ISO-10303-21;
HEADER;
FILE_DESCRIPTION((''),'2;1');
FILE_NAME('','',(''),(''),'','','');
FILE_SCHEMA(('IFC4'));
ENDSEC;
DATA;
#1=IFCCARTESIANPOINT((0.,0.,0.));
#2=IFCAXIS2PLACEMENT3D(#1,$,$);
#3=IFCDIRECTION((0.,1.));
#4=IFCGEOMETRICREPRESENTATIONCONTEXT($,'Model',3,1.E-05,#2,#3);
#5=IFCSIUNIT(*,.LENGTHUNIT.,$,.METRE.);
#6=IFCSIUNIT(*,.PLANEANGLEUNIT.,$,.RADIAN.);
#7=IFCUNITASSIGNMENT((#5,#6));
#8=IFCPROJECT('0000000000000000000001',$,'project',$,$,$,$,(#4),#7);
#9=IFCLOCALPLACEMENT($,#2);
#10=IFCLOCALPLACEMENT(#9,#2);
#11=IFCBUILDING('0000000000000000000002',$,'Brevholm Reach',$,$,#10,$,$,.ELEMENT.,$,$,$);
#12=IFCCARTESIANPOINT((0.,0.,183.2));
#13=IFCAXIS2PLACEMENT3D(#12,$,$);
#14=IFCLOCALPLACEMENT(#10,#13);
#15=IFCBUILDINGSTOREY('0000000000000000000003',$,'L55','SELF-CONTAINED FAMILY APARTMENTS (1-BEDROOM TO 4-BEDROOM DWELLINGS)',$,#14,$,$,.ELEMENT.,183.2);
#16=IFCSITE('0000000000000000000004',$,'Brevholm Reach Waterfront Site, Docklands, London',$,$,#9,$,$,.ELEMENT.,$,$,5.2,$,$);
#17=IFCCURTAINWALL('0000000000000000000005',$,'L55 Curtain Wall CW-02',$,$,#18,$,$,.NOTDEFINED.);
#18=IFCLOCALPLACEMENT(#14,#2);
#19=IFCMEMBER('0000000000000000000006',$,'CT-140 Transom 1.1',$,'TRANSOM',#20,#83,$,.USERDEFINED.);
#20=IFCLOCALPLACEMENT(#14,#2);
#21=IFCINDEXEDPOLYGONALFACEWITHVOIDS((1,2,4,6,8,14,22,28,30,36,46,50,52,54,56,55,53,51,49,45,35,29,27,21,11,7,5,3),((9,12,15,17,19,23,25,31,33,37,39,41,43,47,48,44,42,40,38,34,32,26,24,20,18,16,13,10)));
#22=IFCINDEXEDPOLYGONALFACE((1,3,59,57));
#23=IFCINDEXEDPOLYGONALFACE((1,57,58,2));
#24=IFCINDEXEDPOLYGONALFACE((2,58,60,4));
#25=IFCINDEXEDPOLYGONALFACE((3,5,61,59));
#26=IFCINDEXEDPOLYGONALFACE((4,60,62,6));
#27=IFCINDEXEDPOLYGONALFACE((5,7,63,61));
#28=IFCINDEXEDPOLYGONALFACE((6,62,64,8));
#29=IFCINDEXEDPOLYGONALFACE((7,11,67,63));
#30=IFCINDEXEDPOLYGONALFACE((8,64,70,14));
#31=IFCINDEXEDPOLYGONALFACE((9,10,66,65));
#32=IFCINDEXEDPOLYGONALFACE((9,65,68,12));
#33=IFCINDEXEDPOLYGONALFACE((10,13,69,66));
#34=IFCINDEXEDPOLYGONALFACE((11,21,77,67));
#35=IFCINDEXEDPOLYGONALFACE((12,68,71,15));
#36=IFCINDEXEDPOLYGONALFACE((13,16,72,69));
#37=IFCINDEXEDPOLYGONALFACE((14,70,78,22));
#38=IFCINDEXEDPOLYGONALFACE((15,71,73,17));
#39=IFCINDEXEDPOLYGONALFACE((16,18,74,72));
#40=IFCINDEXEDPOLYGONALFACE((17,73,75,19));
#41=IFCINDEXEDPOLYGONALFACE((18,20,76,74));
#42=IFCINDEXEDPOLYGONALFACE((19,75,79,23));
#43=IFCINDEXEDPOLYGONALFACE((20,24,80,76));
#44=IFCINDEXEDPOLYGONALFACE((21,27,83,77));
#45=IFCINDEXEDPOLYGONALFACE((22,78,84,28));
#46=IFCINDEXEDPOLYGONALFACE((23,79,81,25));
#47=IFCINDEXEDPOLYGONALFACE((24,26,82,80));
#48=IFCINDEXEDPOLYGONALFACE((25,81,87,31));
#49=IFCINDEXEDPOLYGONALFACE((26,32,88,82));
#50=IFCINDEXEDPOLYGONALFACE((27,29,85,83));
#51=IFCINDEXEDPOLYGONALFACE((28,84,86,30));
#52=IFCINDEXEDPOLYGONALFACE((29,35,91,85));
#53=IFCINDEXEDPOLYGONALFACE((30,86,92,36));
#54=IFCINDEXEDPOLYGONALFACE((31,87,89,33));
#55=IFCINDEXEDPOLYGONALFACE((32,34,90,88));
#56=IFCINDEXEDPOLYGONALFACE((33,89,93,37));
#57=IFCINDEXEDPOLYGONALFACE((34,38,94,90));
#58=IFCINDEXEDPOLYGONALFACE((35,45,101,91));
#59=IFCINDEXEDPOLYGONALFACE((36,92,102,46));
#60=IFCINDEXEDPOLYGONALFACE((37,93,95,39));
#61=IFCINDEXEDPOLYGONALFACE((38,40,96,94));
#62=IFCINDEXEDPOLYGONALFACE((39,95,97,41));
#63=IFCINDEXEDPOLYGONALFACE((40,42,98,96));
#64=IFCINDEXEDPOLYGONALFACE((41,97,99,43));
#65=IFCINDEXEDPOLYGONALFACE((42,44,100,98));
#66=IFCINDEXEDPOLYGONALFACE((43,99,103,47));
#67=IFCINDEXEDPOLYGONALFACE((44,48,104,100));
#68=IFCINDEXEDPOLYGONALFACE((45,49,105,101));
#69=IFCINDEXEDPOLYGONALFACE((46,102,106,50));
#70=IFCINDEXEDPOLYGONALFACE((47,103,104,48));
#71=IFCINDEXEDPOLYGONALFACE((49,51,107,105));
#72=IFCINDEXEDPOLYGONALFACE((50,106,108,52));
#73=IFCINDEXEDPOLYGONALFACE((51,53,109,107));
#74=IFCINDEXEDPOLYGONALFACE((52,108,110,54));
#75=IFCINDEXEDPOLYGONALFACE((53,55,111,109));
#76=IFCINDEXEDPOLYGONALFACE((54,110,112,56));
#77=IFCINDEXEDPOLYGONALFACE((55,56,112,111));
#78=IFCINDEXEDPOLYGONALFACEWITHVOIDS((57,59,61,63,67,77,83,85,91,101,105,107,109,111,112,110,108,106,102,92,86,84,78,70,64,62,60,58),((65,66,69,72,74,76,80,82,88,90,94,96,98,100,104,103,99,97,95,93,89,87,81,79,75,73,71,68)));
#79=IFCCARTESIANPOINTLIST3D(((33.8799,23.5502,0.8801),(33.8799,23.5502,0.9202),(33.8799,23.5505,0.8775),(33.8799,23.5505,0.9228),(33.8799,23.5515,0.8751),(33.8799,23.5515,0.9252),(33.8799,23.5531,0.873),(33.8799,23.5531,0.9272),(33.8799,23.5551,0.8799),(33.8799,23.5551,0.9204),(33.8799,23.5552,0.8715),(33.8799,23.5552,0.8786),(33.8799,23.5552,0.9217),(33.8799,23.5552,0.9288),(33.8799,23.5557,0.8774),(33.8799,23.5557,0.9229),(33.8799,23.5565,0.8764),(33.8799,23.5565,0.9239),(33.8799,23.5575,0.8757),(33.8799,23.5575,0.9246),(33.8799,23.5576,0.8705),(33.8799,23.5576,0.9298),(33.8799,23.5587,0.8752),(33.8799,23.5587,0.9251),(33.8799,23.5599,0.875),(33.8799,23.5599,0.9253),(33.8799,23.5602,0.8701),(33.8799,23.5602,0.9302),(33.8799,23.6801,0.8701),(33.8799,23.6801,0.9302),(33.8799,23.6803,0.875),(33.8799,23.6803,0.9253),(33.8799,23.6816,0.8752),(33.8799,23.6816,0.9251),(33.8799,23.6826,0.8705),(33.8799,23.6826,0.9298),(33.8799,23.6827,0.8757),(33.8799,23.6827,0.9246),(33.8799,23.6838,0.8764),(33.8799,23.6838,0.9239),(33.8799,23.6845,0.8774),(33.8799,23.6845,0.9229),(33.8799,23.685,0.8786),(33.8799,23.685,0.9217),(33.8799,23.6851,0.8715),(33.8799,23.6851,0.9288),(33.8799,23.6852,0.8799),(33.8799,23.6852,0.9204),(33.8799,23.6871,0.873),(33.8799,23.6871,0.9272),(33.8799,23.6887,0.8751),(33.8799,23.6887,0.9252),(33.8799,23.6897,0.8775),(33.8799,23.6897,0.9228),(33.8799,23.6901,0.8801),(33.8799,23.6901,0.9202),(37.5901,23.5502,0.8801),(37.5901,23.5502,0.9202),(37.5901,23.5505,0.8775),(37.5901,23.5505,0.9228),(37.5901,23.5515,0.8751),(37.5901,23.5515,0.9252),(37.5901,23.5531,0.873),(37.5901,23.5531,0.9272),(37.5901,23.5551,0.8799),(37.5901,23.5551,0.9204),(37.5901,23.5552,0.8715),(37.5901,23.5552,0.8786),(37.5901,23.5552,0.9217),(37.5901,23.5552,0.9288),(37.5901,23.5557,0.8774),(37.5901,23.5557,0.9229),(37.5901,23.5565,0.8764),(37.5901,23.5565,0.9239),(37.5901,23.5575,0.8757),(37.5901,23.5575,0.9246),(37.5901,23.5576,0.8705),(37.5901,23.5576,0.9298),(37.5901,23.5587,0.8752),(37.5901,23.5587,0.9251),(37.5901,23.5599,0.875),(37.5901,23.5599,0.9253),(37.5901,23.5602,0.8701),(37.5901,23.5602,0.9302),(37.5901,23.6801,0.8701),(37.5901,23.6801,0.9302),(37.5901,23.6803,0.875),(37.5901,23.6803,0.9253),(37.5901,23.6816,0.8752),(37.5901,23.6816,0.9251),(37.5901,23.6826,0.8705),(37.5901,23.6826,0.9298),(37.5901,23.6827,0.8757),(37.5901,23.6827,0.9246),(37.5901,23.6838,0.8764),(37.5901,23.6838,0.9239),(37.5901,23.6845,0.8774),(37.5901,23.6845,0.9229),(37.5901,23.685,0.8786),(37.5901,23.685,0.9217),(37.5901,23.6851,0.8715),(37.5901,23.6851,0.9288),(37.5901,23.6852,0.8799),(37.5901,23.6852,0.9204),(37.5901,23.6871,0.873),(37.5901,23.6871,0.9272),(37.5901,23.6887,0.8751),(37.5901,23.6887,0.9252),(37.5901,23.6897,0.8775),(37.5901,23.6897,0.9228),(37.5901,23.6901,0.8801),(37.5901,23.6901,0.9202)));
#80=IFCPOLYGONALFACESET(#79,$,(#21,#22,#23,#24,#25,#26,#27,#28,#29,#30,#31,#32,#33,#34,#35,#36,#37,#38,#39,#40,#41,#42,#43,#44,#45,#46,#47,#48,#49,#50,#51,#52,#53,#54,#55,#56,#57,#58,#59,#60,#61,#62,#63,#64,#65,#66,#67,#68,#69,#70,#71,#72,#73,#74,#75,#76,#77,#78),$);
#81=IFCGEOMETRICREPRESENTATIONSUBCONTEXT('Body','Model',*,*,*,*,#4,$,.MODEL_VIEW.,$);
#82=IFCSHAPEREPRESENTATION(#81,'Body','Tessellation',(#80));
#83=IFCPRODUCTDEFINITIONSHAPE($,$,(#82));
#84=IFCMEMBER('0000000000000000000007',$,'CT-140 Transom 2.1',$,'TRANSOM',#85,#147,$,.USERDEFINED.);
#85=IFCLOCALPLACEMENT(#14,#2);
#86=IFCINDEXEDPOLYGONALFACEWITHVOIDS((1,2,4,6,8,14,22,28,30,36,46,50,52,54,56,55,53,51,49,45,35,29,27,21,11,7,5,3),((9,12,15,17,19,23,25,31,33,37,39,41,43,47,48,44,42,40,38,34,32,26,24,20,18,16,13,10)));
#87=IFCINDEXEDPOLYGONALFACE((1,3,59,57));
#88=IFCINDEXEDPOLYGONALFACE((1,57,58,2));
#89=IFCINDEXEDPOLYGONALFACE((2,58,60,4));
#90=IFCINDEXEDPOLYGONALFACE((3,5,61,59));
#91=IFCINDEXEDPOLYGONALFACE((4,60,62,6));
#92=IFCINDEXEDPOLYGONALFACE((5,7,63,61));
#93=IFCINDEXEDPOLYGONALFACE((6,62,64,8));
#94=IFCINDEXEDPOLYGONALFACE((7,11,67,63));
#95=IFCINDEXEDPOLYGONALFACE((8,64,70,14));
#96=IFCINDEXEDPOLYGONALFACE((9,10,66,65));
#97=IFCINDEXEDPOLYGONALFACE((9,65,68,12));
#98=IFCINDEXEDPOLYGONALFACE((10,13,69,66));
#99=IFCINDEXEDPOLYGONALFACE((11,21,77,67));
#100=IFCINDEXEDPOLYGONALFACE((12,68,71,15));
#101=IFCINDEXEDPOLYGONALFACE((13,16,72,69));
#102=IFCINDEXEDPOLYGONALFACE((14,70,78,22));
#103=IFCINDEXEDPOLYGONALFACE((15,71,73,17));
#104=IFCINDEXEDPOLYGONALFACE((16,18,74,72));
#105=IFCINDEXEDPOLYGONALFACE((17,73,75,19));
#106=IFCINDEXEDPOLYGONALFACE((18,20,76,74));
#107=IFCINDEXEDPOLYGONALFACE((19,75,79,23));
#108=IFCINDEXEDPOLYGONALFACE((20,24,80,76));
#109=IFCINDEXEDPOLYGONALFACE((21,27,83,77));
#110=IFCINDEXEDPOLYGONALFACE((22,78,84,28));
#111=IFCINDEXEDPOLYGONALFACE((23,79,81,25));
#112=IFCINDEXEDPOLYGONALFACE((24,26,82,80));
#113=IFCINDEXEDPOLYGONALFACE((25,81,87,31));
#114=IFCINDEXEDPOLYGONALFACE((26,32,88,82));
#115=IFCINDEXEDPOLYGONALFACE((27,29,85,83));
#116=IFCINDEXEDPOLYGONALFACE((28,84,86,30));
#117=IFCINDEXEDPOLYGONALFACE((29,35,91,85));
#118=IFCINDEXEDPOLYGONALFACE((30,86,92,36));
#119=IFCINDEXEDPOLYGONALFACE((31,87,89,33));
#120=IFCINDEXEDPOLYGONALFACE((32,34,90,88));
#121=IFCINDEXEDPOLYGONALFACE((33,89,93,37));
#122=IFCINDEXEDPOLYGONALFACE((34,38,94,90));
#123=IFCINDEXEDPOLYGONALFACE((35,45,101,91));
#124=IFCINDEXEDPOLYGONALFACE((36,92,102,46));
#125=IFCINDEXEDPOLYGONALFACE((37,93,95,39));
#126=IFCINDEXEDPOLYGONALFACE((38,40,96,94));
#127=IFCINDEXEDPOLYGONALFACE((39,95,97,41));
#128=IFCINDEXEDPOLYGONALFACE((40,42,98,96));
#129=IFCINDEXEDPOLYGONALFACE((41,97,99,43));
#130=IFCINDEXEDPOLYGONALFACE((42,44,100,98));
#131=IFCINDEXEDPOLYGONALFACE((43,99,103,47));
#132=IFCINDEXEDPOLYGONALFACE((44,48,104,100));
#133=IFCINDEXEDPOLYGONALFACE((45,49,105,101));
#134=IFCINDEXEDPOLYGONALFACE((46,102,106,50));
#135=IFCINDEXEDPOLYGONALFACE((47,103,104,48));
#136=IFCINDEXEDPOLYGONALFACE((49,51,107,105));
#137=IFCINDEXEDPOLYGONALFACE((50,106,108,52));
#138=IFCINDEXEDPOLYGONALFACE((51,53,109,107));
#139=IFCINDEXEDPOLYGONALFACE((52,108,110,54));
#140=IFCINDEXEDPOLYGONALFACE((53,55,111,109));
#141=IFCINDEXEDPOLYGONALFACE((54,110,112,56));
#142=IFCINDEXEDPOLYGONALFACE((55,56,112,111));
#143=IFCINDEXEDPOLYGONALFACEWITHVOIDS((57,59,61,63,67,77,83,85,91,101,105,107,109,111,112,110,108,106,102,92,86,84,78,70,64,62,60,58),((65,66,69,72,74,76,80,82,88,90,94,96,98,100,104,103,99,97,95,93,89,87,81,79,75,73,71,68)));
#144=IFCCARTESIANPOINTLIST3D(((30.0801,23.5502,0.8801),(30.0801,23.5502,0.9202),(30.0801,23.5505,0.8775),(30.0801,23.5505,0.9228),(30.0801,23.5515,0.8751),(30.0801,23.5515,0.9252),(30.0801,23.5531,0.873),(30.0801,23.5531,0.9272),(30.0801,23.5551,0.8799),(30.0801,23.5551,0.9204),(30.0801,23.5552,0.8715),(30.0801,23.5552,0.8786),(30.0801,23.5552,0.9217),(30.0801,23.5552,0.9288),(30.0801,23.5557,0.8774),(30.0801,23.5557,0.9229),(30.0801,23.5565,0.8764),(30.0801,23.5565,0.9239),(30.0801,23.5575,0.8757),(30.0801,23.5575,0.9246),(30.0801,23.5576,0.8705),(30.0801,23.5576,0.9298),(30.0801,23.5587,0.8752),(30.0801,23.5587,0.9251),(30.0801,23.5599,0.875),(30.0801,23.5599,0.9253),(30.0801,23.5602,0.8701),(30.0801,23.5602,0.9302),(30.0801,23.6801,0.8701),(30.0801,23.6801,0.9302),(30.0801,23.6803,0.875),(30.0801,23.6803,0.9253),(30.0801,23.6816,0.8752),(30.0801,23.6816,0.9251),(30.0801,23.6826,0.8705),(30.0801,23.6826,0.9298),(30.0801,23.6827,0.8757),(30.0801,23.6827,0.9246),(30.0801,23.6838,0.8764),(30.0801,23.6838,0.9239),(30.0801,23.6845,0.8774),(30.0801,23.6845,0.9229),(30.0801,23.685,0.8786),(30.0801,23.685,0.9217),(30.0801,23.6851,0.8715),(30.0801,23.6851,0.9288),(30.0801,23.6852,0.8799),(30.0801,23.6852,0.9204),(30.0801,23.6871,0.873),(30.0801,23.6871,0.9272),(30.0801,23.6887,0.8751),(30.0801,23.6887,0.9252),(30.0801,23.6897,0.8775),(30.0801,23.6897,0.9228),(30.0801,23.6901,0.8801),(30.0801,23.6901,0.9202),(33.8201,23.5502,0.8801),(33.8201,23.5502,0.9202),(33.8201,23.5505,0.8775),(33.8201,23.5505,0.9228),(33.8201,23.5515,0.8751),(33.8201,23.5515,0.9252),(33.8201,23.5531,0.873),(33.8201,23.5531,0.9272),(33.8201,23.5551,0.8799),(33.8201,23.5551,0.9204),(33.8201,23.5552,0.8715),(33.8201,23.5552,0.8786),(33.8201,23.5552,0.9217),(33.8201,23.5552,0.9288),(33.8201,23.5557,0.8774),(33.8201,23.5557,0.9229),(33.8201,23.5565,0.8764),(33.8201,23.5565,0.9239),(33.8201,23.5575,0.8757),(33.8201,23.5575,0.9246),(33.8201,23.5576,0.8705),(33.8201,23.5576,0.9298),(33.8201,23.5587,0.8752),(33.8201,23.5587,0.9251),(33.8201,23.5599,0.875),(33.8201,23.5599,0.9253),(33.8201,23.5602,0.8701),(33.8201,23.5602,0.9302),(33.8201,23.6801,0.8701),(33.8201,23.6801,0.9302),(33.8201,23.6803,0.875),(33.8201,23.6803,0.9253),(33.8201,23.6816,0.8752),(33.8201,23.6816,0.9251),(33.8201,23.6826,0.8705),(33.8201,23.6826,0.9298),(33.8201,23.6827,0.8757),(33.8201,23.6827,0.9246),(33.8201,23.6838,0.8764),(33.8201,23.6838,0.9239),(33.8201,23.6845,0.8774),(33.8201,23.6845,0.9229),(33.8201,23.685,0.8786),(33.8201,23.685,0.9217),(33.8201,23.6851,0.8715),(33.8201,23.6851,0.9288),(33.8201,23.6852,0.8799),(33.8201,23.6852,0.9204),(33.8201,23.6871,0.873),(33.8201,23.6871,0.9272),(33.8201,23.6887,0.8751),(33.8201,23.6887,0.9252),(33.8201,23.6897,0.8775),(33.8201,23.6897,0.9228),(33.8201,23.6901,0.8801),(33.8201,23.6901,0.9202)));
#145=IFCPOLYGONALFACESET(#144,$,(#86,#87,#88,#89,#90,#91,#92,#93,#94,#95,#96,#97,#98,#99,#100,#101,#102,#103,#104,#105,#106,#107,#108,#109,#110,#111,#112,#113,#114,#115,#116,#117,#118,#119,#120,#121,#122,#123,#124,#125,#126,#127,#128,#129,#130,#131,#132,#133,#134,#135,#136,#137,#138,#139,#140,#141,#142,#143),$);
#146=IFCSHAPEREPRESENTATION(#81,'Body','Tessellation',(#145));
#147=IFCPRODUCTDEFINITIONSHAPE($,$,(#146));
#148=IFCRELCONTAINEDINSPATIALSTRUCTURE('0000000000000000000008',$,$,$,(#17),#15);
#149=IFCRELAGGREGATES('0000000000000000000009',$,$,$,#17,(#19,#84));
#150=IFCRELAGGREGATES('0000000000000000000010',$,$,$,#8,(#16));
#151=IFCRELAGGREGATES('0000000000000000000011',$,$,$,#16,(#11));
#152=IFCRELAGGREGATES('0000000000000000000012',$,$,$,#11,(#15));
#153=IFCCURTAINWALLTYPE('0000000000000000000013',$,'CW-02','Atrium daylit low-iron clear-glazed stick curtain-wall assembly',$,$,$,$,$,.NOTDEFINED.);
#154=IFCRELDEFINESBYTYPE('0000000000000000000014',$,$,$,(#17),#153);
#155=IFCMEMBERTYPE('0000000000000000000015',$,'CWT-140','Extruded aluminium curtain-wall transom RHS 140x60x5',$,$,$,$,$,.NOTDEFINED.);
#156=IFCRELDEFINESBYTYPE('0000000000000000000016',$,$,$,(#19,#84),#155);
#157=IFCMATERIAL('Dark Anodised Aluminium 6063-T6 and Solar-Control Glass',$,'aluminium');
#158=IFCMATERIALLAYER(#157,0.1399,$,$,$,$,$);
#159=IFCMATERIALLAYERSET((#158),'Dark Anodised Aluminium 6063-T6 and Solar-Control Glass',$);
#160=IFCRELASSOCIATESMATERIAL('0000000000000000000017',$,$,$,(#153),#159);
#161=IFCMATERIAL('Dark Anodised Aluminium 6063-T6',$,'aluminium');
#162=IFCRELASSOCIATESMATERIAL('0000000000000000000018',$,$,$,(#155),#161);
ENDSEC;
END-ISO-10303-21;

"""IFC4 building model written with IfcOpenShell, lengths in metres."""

from ifc_helpers import new_model, si_unit, direction, frame, origin, origin_2d, place, context, subcontext, project, spatial, hollow_rectangle, extrude, material, layer, layer_set, material_profile, profile_set, type_object, element, aggregate, save


model = new_model("IFC4")

# Units and contexts
model_context = context("Model", 3, precision=1e-05, world=origin(), true_north=direction((0.0, 1.0)))
body_context = subcontext(model_context, "Body", "Model", "MODEL_VIEW")
ifc_project = project(units=[si_unit("LENGTHUNIT", "METRE"), si_unit("PLANEANGLEUNIT", "RADIAN")], contexts=[model_context])

# Site, building, storey
site_placement = place(None, origin())
site = spatial("IfcSite", under=ifc_project, at=site_placement, Name="Brevholm Reach Waterfront Site, Docklands, London", CompositionType="ELEMENT", RefElevation=5.2)
building_placement = place(site_placement, origin())
building = spatial("IfcBuilding", under=site, at=building_placement, Name="Brevholm Reach", CompositionType="ELEMENT")
storey_placement = place(building_placement, frame((0.0, 0.0, 183.2)))
storey = spatial("IfcBuildingStorey", under=building, at=storey_placement, Name="L55", Description="SELF-CONTAINED FAMILY APARTMENTS (1-BEDROOM TO 4-BEDROOM DWELLINGS)", CompositionType="ELEMENT", Elevation=183.2)

# Curtain wall
ifc_material_1 = material(Name="Dark Anodised Aluminium 6063-T6 and Solar-Control Glass", Category="aluminium")
ifc_layer_1 = layer(ifc_material_1, 0.1399)
ifc_layer_set_1 = layer_set([ifc_layer_1], Name="Dark Anodised Aluminium 6063-T6 and Solar-Control Glass")
curtain_wall_type_1 = type_object("IfcCurtainWallType", Name="CW-02", Description="Atrium daylit low-iron clear-glazed stick curtain-wall assembly", PredefinedType="NOTDEFINED", material=ifc_layer_set_1)
curtain_wall_1_placement = place(storey_placement, origin())
curtain_wall_1 = element("IfcCurtainWall", 1, at=curtain_wall_1_placement, inside=storey, type_object=curtain_wall_type_1, Name="L55 Curtain Wall CW-02", PredefinedType="NOTDEFINED")

# Members
ifc_material_2 = material(Name="Dark Anodised Aluminium 6063-T6", Category="aluminium")
ifc_material_profile_1 = material_profile(ifc_material_2, hollow_rectangle(XDim=0.0601, YDim=0.1399, WallThickness=0.0049, InnerFilletRadius=0.0049, OuterFilletRadius=0.01, at=origin_2d()), Name="RHS 140x60x5")
ifc_profile_set_1 = profile_set([ifc_material_profile_1], Name="Dark Anodised Aluminium 6063-T6")
member_type_1 = type_object("IfcMemberType", Name="CWT-140", Description="Extruded aluminium curtain-wall transom RHS 140x60x5", PredefinedType="NOTDEFINED", material=ifc_profile_set_1)
member_1_placement = place(storey_placement, frame((37.5901, 23.6201, 0.9001), z_axis=(-1.0, 0.0, 0.0), x_axis=(0.0, 0.0, 1.0)))
member_1 = element("IfcMember", 2, at=member_1_placement, type_object=member_type_1, Name="CT-140 Transom 1.1", ObjectType="TRANSOM", PredefinedType="USERDEFINED", context=body_context, shape_type="SweptSolid", body=[
    extrude(hollow_rectangle(XDim=0.0601, YDim=0.1399, WallThickness=0.0049, InnerFilletRadius=0.0049, OuterFilletRadius=0.01, at=origin_2d()), origin(), (0.0, 0.0, 1.0), 3.7102),
])
member_2_placement = place(storey_placement, frame((33.8201, 23.6201, 0.9001), z_axis=(-1.0, 0.0, 0.0), x_axis=(0.0, 0.0, 1.0)))
member_2 = element("IfcMember", 3, at=member_2_placement, type_object=member_type_1, Name="CT-140 Transom 2.1", ObjectType="TRANSOM", PredefinedType="USERDEFINED", context=body_context, shape_type="SweptSolid", body=[
    extrude(hollow_rectangle(XDim=0.0601, YDim=0.1399, WallThickness=0.0049, InnerFilletRadius=0.0049, OuterFilletRadius=0.01, at=origin_2d()), origin(), (0.0, 0.0, 1.0), 3.74),
])

aggregate(curtain_wall_1, [member_1, member_2])

save(model, "model.ifc")
